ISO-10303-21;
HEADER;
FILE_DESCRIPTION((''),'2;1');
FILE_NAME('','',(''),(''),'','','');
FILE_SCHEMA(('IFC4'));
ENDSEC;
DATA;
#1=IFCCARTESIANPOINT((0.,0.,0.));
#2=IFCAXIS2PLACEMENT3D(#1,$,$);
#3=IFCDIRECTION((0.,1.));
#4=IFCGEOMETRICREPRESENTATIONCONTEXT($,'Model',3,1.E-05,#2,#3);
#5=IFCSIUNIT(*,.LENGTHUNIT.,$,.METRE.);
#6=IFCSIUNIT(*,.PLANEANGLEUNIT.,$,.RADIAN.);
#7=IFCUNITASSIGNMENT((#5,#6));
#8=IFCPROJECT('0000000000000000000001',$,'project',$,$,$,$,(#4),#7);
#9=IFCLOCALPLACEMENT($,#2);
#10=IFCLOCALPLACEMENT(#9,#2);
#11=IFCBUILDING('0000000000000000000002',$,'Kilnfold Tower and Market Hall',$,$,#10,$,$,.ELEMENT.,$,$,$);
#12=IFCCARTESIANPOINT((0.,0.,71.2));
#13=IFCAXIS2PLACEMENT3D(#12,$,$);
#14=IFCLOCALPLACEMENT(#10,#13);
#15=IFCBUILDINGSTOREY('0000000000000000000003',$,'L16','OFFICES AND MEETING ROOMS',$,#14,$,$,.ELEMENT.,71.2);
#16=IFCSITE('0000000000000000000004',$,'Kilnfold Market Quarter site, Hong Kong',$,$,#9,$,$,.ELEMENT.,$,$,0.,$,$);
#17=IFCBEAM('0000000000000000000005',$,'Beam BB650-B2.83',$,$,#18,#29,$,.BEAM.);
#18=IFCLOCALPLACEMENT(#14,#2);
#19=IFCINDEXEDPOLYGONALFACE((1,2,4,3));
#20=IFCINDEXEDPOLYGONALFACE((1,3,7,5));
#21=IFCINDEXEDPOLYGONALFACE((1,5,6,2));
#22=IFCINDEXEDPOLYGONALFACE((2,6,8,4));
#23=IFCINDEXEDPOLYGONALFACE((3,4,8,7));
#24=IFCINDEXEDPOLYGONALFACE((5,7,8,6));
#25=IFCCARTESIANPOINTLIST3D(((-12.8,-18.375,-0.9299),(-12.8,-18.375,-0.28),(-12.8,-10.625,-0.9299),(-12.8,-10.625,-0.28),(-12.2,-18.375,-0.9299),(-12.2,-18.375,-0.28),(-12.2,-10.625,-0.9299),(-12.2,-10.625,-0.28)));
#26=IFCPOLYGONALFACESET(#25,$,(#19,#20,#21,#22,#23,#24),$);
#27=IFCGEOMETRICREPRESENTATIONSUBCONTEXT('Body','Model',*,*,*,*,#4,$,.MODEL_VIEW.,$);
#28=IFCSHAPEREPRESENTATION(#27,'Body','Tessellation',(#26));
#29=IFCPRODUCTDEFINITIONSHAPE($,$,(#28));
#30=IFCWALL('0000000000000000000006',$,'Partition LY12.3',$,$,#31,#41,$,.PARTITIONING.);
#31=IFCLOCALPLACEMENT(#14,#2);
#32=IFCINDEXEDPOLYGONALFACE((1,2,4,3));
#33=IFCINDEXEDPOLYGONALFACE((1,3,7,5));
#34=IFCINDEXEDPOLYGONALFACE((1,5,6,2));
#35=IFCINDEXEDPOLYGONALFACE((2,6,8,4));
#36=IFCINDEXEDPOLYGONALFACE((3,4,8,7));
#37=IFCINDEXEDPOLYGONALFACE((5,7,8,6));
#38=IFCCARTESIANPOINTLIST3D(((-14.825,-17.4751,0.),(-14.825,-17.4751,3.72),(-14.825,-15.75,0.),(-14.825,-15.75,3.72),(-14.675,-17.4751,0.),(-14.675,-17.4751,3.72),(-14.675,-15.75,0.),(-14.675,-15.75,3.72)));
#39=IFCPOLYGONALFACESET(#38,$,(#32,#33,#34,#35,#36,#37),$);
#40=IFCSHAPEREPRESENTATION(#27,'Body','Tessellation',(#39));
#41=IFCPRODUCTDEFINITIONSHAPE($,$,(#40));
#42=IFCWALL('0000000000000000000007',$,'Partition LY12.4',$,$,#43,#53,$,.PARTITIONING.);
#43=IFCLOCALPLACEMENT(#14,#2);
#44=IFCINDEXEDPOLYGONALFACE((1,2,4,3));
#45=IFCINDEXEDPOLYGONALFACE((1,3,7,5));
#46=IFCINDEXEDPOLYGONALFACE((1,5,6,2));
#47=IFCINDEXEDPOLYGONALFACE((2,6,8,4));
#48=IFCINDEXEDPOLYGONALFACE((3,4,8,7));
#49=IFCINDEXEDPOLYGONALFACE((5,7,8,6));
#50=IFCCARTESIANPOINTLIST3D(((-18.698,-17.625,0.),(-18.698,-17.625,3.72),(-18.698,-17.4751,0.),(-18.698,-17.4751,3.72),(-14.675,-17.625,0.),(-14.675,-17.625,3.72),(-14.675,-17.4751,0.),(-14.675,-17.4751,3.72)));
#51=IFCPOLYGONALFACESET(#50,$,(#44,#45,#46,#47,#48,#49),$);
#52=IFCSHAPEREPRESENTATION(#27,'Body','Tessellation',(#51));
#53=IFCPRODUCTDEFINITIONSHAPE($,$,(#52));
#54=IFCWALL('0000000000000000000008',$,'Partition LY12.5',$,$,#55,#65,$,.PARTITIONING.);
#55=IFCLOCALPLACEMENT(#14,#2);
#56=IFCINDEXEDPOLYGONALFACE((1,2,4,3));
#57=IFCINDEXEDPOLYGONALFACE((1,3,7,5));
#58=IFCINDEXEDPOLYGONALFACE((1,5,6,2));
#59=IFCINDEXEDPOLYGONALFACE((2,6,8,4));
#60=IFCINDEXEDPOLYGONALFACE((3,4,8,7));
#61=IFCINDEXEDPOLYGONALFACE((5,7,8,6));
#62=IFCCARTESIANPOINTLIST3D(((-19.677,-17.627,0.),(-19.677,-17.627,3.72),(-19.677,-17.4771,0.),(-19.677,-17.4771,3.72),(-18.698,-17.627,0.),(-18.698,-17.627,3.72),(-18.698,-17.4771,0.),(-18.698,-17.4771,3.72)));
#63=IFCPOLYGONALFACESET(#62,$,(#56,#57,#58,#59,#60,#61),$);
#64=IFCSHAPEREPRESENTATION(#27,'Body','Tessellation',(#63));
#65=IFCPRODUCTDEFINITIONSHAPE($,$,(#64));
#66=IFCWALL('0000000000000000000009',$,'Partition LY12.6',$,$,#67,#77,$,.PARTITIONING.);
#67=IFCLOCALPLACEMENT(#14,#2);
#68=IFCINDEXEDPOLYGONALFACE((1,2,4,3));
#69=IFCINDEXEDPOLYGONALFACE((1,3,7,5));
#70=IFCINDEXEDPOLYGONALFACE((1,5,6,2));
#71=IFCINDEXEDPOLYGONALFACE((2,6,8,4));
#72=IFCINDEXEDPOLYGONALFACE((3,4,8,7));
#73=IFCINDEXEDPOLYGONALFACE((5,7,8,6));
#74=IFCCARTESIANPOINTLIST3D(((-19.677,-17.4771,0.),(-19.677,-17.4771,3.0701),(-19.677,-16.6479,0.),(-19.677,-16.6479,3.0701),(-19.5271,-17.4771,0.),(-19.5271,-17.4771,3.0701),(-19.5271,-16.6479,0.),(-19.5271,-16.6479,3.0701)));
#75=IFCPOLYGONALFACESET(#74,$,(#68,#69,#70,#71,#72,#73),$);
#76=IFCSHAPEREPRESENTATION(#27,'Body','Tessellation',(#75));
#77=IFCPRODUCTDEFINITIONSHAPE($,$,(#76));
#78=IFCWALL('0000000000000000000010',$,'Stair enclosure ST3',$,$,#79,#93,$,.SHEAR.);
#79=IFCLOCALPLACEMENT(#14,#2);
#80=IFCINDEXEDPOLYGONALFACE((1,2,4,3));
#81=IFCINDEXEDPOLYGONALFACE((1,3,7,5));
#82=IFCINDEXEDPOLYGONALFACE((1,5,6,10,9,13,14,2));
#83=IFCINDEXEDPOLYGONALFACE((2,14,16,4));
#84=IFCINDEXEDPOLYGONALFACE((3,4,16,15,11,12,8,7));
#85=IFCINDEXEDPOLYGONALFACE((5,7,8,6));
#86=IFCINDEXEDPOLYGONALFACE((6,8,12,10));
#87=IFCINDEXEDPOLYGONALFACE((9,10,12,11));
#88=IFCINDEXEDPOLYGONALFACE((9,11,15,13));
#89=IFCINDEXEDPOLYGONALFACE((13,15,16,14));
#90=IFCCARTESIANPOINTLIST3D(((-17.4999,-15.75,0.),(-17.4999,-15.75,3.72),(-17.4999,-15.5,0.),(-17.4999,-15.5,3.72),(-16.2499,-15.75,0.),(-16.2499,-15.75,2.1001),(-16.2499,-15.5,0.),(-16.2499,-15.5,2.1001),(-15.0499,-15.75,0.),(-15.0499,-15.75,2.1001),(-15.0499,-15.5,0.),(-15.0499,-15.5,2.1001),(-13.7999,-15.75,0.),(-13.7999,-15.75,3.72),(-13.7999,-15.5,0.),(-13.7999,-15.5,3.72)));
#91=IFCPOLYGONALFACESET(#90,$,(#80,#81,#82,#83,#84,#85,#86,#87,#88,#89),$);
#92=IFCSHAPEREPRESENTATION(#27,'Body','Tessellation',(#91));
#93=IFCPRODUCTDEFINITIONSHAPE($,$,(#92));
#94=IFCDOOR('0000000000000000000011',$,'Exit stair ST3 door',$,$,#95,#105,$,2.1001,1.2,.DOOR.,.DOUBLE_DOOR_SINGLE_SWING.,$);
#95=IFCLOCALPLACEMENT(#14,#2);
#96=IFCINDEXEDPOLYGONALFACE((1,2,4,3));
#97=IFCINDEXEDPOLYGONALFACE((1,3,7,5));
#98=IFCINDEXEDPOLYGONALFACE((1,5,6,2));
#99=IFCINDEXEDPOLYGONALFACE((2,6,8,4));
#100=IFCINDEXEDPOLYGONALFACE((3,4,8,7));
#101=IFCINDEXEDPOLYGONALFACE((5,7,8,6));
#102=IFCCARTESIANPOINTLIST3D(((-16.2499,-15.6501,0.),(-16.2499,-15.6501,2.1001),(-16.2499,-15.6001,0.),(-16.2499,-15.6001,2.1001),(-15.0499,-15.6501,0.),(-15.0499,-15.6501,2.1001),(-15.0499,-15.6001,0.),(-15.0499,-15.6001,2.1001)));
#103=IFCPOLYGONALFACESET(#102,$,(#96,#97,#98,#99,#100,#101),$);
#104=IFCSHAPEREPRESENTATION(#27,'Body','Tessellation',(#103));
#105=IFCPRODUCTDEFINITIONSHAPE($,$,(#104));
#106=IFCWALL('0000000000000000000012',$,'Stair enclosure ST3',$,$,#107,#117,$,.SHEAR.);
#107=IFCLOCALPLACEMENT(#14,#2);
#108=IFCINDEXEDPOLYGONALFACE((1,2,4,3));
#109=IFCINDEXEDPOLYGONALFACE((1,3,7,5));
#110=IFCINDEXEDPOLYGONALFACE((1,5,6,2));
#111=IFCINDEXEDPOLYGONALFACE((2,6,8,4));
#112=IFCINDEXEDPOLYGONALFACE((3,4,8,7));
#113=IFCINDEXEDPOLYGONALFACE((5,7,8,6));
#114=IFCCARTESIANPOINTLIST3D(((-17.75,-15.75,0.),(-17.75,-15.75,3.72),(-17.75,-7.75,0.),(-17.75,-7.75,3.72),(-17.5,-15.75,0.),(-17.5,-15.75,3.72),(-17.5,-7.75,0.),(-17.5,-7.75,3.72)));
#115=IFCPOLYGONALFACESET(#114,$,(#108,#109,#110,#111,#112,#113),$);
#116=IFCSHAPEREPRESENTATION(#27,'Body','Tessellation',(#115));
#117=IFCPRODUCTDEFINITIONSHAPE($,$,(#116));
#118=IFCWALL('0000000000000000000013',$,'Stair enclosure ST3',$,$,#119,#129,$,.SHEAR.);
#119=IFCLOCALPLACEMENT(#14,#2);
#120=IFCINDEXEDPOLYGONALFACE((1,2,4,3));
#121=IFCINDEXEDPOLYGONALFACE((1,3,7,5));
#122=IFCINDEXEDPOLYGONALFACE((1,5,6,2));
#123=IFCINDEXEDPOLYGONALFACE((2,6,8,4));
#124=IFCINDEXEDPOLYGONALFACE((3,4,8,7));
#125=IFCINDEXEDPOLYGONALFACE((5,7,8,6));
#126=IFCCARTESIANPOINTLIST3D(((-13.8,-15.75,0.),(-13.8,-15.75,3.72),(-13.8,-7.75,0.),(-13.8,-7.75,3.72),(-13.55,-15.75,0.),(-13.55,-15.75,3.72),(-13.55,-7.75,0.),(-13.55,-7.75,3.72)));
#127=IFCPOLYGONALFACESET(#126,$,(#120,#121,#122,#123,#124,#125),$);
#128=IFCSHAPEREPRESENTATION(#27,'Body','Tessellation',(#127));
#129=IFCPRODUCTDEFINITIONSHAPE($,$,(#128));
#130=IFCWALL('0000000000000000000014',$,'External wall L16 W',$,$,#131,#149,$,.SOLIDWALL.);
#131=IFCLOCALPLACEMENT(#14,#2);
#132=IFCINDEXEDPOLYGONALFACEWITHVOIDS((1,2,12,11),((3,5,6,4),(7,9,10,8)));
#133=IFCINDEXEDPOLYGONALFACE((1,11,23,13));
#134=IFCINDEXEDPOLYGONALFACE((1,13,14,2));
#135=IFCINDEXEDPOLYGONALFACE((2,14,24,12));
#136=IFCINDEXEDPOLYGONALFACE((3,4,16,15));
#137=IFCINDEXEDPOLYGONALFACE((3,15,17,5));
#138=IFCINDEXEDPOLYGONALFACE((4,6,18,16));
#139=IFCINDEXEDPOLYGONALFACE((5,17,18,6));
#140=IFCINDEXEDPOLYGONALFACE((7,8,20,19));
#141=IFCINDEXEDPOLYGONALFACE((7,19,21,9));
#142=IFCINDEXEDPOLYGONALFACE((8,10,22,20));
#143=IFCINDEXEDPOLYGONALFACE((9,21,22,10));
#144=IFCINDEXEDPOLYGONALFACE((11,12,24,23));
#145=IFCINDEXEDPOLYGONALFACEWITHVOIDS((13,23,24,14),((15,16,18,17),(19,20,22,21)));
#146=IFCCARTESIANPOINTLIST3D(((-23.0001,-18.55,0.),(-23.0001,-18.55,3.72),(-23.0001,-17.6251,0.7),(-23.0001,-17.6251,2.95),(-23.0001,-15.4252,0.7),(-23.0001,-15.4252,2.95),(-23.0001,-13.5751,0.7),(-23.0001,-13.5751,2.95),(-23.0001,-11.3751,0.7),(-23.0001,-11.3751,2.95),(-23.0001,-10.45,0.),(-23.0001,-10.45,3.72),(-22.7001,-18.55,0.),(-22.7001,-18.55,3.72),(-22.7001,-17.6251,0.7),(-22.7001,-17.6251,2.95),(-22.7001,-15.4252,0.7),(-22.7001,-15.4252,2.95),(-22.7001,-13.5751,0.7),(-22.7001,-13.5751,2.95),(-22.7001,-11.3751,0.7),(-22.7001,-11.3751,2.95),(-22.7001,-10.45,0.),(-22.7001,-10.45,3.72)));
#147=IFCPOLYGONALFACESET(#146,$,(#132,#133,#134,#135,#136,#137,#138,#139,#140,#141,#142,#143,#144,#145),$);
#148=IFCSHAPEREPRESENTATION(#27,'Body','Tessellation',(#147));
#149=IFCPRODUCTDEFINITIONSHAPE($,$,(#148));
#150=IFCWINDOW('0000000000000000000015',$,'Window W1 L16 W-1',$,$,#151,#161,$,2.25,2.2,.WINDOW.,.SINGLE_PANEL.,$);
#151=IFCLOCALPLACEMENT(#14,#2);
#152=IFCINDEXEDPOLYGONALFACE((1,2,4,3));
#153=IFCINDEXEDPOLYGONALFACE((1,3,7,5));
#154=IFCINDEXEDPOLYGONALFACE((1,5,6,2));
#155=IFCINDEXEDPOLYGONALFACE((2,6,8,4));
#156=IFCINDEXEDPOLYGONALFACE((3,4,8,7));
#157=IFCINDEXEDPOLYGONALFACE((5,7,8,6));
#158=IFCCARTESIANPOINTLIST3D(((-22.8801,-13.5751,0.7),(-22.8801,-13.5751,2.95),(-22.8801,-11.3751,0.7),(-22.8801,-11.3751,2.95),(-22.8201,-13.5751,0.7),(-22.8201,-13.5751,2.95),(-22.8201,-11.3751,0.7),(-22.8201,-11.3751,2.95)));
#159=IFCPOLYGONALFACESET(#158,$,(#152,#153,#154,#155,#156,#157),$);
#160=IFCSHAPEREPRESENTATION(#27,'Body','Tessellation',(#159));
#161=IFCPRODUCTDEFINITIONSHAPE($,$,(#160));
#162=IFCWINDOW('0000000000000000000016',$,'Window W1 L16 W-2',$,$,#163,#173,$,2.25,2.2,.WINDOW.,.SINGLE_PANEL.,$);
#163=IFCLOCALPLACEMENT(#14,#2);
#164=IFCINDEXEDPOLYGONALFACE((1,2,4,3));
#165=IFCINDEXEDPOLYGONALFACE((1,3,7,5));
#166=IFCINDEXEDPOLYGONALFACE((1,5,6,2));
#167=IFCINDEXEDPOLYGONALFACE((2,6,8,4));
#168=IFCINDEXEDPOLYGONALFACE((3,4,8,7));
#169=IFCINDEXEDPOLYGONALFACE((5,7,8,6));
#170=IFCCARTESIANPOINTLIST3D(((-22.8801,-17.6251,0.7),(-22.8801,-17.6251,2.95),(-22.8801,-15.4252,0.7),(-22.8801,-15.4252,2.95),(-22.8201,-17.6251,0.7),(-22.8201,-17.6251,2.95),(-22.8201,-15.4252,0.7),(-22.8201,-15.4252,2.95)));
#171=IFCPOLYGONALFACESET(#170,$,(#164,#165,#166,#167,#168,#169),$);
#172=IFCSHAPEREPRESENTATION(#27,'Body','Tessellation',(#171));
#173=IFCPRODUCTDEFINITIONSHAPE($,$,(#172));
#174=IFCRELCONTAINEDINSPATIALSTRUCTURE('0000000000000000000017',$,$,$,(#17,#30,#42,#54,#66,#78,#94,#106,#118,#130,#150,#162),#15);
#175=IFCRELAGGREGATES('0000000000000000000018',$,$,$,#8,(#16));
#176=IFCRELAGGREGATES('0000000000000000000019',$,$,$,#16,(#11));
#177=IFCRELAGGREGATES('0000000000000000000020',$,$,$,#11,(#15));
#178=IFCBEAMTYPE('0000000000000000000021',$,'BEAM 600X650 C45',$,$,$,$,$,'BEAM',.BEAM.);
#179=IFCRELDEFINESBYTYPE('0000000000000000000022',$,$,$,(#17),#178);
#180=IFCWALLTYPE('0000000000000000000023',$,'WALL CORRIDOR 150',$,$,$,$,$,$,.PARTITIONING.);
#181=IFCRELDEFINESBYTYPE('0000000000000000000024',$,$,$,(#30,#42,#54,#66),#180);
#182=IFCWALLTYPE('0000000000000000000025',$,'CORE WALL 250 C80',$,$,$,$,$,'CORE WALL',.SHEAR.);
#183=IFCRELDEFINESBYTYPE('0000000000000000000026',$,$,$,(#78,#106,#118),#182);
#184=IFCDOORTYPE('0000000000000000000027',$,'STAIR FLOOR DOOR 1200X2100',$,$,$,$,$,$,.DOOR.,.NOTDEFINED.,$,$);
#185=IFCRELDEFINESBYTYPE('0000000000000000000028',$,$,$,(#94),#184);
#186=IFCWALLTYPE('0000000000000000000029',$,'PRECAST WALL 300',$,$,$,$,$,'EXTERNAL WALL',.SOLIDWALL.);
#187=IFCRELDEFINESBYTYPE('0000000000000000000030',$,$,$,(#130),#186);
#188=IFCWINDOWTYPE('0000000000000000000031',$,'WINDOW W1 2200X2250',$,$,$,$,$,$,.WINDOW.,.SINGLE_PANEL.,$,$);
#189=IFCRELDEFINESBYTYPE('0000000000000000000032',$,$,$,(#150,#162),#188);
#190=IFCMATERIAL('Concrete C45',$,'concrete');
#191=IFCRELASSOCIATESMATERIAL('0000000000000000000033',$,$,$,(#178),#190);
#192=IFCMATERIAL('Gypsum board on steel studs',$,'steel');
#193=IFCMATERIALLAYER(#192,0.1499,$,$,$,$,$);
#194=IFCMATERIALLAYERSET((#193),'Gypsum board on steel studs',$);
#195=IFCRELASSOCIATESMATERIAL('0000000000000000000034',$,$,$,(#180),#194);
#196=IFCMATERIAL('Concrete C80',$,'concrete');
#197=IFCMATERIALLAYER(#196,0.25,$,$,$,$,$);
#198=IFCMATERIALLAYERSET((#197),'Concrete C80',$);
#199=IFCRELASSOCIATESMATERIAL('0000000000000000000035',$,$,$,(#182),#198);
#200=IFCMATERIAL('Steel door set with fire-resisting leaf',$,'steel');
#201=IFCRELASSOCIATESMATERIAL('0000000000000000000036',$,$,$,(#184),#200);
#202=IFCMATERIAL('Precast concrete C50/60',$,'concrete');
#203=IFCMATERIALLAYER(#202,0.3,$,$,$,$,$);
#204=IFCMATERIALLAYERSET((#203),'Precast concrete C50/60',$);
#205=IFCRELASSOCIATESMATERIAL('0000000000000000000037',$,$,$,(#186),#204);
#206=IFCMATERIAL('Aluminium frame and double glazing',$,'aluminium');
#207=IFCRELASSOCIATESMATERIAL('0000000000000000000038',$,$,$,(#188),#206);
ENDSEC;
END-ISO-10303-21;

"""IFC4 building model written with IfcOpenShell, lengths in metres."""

from ifc_helpers import new_model, si_unit, direction, frame, frame_2d, origin, origin_2d, place, context, subcontext, project, spatial, rectangle, extrude, source, transform, mapped, material, layer, layer_set, material_profile, profile_set, type_object, element, fill, save


model = new_model("IFC4")

# Units and contexts
model_context = context("Model", 3, precision=1e-05, world=origin(), true_north=direction((0.0, 1.0)))
body_context = subcontext(model_context, "Body", "Model", "MODEL_VIEW")
ifc_project = project(units=[si_unit("LENGTHUNIT", "METRE"), si_unit("PLANEANGLEUNIT", "RADIAN")], contexts=[model_context])

# Site, building, storey
site_placement = place(None, origin())
site = spatial("IfcSite", under=ifc_project, at=site_placement, Name="Kilnfold Market Quarter site, Hong Kong", CompositionType="ELEMENT", RefElevation=0.0)
building_placement = place(site_placement, origin())
building = spatial("IfcBuilding", under=site, at=building_placement, Name="Kilnfold Tower and Market Hall", CompositionType="ELEMENT")
storey_placement = place(building_placement, frame((0.0, 0.0, 71.2)))
storey = spatial("IfcBuildingStorey", under=building, at=storey_placement, Name="L16", Description="OFFICES AND MEETING ROOMS", CompositionType="ELEMENT", Elevation=71.2)

# Beam
ifc_material_1 = material(Name="Concrete C45", Category="concrete")
ifc_material_profile = material_profile(ifc_material_1, rectangle(XDim=0.6001, YDim=0.6499, at=origin_2d()), Name="RC 600x650")
ifc_profile_set = profile_set([ifc_material_profile], Name="Concrete C45")
beam_type = type_object("IfcBeamType", Name="BEAM 600X650 C45", ElementType="BEAM", PredefinedType="BEAM", material=ifc_profile_set)
shared_shape_1 = source(origin(), body_context, "Body", "SweptSolid", [
    extrude(rectangle(XDim=0.6001, YDim=0.6499, at=origin_2d()), origin(), (0.0, 0.0, 1.0), 7.75),
])
beam_placement = place(storey_placement, frame((-12.5, -18.375, -0.605), z_axis=(0.0, 1.0, 0.0), x_axis=(-1.0, 0.0, 0.0)))
element("IfcBeam", 1, at=beam_placement, inside=storey, type_object=beam_type, Name="Beam BB650-B2.83", PredefinedType="BEAM", context=body_context, shape_type="MappedRepresentation", body=[
    mapped(shared_shape_1, transform((0.0, 0.0, 0.0))),
])

# Walls
ifc_material_2 = material(Name="Gypsum board on steel studs", Category="steel")
ifc_layer_1 = layer(ifc_material_2, 0.1499)
ifc_layer_set_1 = layer_set([ifc_layer_1], Name="Gypsum board on steel studs")
wall_type_1 = type_object("IfcWallType", Name="WALL CORRIDOR 150", PredefinedType="PARTITIONING", material=ifc_layer_set_1)
wall_1_placement = place(storey_placement, frame((-14.75, -17.4751, 0.0), z_axis=(0.0, 0.0, 1.0), x_axis=(0.0, 1.0, 0.0)))
element("IfcWall", 2, at=wall_1_placement, inside=storey, type_object=wall_type_1, Name="Partition LY12.3", PredefinedType="PARTITIONING", context=body_context, shape_type="SweptSolid", body=[
    extrude(rectangle(XDim=1.7251, YDim=0.1499, at=frame_2d((0.8625, 0.0))), origin(), (0.0, 0.0, 1.0), 3.72),
])
wall_2_placement = place(storey_placement, frame((-18.698, -17.55, 0.0), z_axis=(0.0, 0.0, 1.0), x_axis=(1.0, 0.0, 0.0)))
element("IfcWall", 3, at=wall_2_placement, inside=storey, type_object=wall_type_1, Name="Partition LY12.4", PredefinedType="PARTITIONING", context=body_context, shape_type="SweptSolid", body=[
    extrude(rectangle(XDim=4.0229, YDim=0.1499, at=frame_2d((2.0115, 0.0))), origin(), (0.0, 0.0, 1.0), 3.72),
])
wall_3_placement = place(storey_placement, frame((-19.677, -17.552, 0.0), z_axis=(0.0, 0.0, 1.0), x_axis=(1.0, 0.0, 0.0)))
element("IfcWall", 4, at=wall_3_placement, inside=storey, type_object=wall_type_1, Name="Partition LY12.5", PredefinedType="PARTITIONING", context=body_context, shape_type="SweptSolid", body=[
    extrude(rectangle(XDim=0.979, YDim=0.1499, at=frame_2d((0.4895, 0.0))), origin(), (0.0, 0.0, 1.0), 3.72),
])
wall_4_placement = place(storey_placement, frame((-19.6021, -17.4771, 0.0), z_axis=(0.0, 0.0, 1.0), x_axis=(0.0, 1.0, 0.0)))
element("IfcWall", 5, at=wall_4_placement, inside=storey, type_object=wall_type_1, Name="Partition LY12.6", PredefinedType="PARTITIONING", context=body_context, shape_type="SweptSolid", body=[
    extrude(rectangle(XDim=0.8291, YDim=0.1499, at=frame_2d((0.4146, 0.0))), origin(), (0.0, 0.0, 1.0), 3.0701),
])

# Wall, opening, door
ifc_material_3 = material(Name="Concrete C80", Category="concrete")
ifc_layer_2 = layer(ifc_material_3, 0.25)
ifc_layer_set_2 = layer_set([ifc_layer_2], Name="Concrete C80")
wall_type_2 = type_object("IfcWallType", Name="CORE WALL 250 C80", ElementType="CORE WALL", PredefinedType="SHEAR", material=ifc_layer_set_2)
shared_shape_2 = source(origin(), body_context, "Body", "SweptSolid", [
    extrude(rectangle(XDim=3.7, YDim=0.25, at=frame_2d((1.8501, 0.0))), origin(), (0.0, 0.0, 1.0), 3.72),
])
wall_5_placement = place(storey_placement, frame((-17.5, -15.625, 0.0), z_axis=(0.0, 0.0, 1.0), x_axis=(1.0, 0.0, 0.0)))
wall_5 = element("IfcWall", 6, at=wall_5_placement, inside=storey, type_object=wall_type_2, Name="Stair enclosure ST3", PredefinedType="SHEAR", context=body_context, shape_type="MappedRepresentation", body=[
    mapped(shared_shape_2, transform((0.0, 0.0, 0.0))),
])
opening_1_placement = place(wall_5_placement, frame((1.25, 0.0, 0.0)))
opening_1 = element("IfcOpeningElement", 7, at=opening_1_placement, cuts=wall_5, PredefinedType="OPENING", context=body_context, shape_type="SweptSolid", body=[
    extrude(rectangle(XDim=1.2, YDim=2.1001, at=frame_2d((0.6001, 1.05))), frame((0.0, 0.135, 0.0), z_axis=(0.0, -1.0, 0.0), x_axis=(1.0, 0.0, 0.0)), (0.0, 0.0, 1.0), 0.27),
])
ifc_material_4 = material(Name="Steel door set with fire-resisting leaf", Category="steel")
door_type = type_object("IfcDoorType", Name="STAIR FLOOR DOOR 1200X2100", OperationType="NOTDEFINED", PredefinedType="DOOR", material=ifc_material_4)
door_placement = place(opening_1_placement, origin())
door = element("IfcDoor", 8, at=door_placement, inside=storey, type_object=door_type, Name="Exit stair ST3 door", OperationType="DOUBLE_DOOR_SINGLE_SWING", OverallHeight=2.1001, OverallWidth=1.2, PredefinedType="DOOR", context=body_context, shape_type="SweptSolid", body=[
    extrude(rectangle(XDim=1.2, YDim=2.1001, at=frame_2d((0.6001, 1.05))), frame((0.0, 0.0249, 0.0), z_axis=(0.0, -1.0, 0.0), x_axis=(1.0, 0.0, 0.0)), (0.0, 0.0, 1.0), 0.05),
])
fill(opening_1, door)

# Walls
shared_shape_3 = source(origin(), body_context, "Body", "SweptSolid", [
    extrude(rectangle(XDim=8.0, YDim=0.25, at=frame_2d((4.0, 0.0))), origin(), (0.0, 0.0, 1.0), 3.72),
])
for number, where, z_axis, x_axis, name in (
    (9, (-17.625, -15.75, 0.0), (0.0, 0.0, 1.0), (0.0, 1.0, 0.0), "Stair enclosure ST3"),
    (10, (-13.675, -15.75, 0.0), (0.0, 0.0, 1.0), (0.0, 1.0, 0.0), "Stair enclosure ST3"),
):
    element("IfcWall", number, at=place(storey_placement, frame(where, z_axis=z_axis, x_axis=x_axis)), inside=storey, type_object=wall_type_2, Name=name, PredefinedType="SHEAR", context=body_context, shape_type="MappedRepresentation", body=[
        mapped(shared_shape_3, transform((0.0, 0.0, 0.0))),
    ])

# Wall, openings, windows
ifc_material_5 = material(Name="Precast concrete C50/60", Category="concrete")
ifc_layer_3 = layer(ifc_material_5, 0.3)
ifc_layer_set_3 = layer_set([ifc_layer_3], Name="Precast concrete C50/60")
wall_type_3 = type_object("IfcWallType", Name="PRECAST WALL 300", ElementType="EXTERNAL WALL", PredefinedType="SOLIDWALL", material=ifc_layer_set_3)
shared_shape_4 = source(origin(), body_context, "Body", "SweptSolid", [
    extrude(rectangle(XDim=8.1001, YDim=0.3, at=frame_2d((4.05, 0.0))), origin(), (0.0, 0.0, 1.0), 3.72),
])
wall_6_placement = place(storey_placement, frame((-22.8501, -10.45, 0.0), z_axis=(0.0, 0.0, 1.0), x_axis=(0.0, -1.0, 0.0)))
wall_6 = element("IfcWall", 11, at=wall_6_placement, inside=storey, type_object=wall_type_3, Name="External wall L16 W", PredefinedType="SOLIDWALL", context=body_context, shape_type="MappedRepresentation", body=[
    mapped(shared_shape_4, transform((0.0, 0.0, 0.0))),
])
opening_2_placement = place(wall_6_placement, frame((0.925, 0.0, 0.7)))
opening_2 = element("IfcOpeningElement", 12, at=opening_2_placement, cuts=wall_6, PredefinedType="OPENING", context=body_context, shape_type="SweptSolid", body=[
    extrude(rectangle(XDim=2.2, YDim=2.25, at=frame_2d((1.1001, 1.125))), frame((0.0, 0.1602, 0.0), z_axis=(0.0, -1.0, 0.0), x_axis=(1.0, 0.0, 0.0)), (0.0, 0.0, 1.0), 0.3201),
])
opening_3_placement = place(wall_6_placement, frame((4.9751, 0.0, 0.7)))
opening_3 = element("IfcOpeningElement", 13, at=opening_3_placement, cuts=wall_6, PredefinedType="OPENING", context=body_context, shape_type="SweptSolid", body=[
    extrude(rectangle(XDim=2.2, YDim=2.25, at=frame_2d((1.1001, 1.125))), frame((0.0, 0.1602, 0.0), z_axis=(0.0, -1.0, 0.0), x_axis=(1.0, 0.0, 0.0)), (0.0, 0.0, 1.0), 0.3201),
])
ifc_material_6 = material(Name="Aluminium frame and double glazing", Category="aluminium")
window_type = type_object("IfcWindowType", Name="WINDOW W1 2200X2250", PartitioningType="SINGLE_PANEL", PredefinedType="WINDOW", material=ifc_material_6)
window_1_placement = place(opening_2_placement, origin())
window_1 = element("IfcWindow", 14, at=window_1_placement, inside=storey, type_object=window_type, Name="Window W1 L16 W-1", OverallHeight=2.25, OverallWidth=2.2, PartitioningType="SINGLE_PANEL", PredefinedType="WINDOW", context=body_context, shape_type="SweptSolid", body=[
    extrude(rectangle(XDim=2.2, YDim=2.25, at=frame_2d((1.1001, 1.125))), frame((0.0, 0.03, 0.0), z_axis=(0.0, -1.0, 0.0), x_axis=(1.0, 0.0, 0.0)), (0.0, 0.0, 1.0), 0.0601),
])
fill(opening_2, window_1)
window_2_placement = place(opening_3_placement, origin())
window_2 = element("IfcWindow", 15, at=window_2_placement, inside=storey, type_object=window_type, Name="Window W1 L16 W-2", OverallHeight=2.25, OverallWidth=2.2, PartitioningType="SINGLE_PANEL", PredefinedType="WINDOW", context=body_context, shape_type="SweptSolid", body=[
    extrude(rectangle(XDim=2.2, YDim=2.25, at=frame_2d((1.1001, 1.125))), frame((0.0, 0.03, 0.0), z_axis=(0.0, -1.0, 0.0), x_axis=(1.0, 0.0, 0.0)), (0.0, 0.0, 1.0), 0.0601),
])
fill(opening_3, window_2)

save(model, "model.ifc")
